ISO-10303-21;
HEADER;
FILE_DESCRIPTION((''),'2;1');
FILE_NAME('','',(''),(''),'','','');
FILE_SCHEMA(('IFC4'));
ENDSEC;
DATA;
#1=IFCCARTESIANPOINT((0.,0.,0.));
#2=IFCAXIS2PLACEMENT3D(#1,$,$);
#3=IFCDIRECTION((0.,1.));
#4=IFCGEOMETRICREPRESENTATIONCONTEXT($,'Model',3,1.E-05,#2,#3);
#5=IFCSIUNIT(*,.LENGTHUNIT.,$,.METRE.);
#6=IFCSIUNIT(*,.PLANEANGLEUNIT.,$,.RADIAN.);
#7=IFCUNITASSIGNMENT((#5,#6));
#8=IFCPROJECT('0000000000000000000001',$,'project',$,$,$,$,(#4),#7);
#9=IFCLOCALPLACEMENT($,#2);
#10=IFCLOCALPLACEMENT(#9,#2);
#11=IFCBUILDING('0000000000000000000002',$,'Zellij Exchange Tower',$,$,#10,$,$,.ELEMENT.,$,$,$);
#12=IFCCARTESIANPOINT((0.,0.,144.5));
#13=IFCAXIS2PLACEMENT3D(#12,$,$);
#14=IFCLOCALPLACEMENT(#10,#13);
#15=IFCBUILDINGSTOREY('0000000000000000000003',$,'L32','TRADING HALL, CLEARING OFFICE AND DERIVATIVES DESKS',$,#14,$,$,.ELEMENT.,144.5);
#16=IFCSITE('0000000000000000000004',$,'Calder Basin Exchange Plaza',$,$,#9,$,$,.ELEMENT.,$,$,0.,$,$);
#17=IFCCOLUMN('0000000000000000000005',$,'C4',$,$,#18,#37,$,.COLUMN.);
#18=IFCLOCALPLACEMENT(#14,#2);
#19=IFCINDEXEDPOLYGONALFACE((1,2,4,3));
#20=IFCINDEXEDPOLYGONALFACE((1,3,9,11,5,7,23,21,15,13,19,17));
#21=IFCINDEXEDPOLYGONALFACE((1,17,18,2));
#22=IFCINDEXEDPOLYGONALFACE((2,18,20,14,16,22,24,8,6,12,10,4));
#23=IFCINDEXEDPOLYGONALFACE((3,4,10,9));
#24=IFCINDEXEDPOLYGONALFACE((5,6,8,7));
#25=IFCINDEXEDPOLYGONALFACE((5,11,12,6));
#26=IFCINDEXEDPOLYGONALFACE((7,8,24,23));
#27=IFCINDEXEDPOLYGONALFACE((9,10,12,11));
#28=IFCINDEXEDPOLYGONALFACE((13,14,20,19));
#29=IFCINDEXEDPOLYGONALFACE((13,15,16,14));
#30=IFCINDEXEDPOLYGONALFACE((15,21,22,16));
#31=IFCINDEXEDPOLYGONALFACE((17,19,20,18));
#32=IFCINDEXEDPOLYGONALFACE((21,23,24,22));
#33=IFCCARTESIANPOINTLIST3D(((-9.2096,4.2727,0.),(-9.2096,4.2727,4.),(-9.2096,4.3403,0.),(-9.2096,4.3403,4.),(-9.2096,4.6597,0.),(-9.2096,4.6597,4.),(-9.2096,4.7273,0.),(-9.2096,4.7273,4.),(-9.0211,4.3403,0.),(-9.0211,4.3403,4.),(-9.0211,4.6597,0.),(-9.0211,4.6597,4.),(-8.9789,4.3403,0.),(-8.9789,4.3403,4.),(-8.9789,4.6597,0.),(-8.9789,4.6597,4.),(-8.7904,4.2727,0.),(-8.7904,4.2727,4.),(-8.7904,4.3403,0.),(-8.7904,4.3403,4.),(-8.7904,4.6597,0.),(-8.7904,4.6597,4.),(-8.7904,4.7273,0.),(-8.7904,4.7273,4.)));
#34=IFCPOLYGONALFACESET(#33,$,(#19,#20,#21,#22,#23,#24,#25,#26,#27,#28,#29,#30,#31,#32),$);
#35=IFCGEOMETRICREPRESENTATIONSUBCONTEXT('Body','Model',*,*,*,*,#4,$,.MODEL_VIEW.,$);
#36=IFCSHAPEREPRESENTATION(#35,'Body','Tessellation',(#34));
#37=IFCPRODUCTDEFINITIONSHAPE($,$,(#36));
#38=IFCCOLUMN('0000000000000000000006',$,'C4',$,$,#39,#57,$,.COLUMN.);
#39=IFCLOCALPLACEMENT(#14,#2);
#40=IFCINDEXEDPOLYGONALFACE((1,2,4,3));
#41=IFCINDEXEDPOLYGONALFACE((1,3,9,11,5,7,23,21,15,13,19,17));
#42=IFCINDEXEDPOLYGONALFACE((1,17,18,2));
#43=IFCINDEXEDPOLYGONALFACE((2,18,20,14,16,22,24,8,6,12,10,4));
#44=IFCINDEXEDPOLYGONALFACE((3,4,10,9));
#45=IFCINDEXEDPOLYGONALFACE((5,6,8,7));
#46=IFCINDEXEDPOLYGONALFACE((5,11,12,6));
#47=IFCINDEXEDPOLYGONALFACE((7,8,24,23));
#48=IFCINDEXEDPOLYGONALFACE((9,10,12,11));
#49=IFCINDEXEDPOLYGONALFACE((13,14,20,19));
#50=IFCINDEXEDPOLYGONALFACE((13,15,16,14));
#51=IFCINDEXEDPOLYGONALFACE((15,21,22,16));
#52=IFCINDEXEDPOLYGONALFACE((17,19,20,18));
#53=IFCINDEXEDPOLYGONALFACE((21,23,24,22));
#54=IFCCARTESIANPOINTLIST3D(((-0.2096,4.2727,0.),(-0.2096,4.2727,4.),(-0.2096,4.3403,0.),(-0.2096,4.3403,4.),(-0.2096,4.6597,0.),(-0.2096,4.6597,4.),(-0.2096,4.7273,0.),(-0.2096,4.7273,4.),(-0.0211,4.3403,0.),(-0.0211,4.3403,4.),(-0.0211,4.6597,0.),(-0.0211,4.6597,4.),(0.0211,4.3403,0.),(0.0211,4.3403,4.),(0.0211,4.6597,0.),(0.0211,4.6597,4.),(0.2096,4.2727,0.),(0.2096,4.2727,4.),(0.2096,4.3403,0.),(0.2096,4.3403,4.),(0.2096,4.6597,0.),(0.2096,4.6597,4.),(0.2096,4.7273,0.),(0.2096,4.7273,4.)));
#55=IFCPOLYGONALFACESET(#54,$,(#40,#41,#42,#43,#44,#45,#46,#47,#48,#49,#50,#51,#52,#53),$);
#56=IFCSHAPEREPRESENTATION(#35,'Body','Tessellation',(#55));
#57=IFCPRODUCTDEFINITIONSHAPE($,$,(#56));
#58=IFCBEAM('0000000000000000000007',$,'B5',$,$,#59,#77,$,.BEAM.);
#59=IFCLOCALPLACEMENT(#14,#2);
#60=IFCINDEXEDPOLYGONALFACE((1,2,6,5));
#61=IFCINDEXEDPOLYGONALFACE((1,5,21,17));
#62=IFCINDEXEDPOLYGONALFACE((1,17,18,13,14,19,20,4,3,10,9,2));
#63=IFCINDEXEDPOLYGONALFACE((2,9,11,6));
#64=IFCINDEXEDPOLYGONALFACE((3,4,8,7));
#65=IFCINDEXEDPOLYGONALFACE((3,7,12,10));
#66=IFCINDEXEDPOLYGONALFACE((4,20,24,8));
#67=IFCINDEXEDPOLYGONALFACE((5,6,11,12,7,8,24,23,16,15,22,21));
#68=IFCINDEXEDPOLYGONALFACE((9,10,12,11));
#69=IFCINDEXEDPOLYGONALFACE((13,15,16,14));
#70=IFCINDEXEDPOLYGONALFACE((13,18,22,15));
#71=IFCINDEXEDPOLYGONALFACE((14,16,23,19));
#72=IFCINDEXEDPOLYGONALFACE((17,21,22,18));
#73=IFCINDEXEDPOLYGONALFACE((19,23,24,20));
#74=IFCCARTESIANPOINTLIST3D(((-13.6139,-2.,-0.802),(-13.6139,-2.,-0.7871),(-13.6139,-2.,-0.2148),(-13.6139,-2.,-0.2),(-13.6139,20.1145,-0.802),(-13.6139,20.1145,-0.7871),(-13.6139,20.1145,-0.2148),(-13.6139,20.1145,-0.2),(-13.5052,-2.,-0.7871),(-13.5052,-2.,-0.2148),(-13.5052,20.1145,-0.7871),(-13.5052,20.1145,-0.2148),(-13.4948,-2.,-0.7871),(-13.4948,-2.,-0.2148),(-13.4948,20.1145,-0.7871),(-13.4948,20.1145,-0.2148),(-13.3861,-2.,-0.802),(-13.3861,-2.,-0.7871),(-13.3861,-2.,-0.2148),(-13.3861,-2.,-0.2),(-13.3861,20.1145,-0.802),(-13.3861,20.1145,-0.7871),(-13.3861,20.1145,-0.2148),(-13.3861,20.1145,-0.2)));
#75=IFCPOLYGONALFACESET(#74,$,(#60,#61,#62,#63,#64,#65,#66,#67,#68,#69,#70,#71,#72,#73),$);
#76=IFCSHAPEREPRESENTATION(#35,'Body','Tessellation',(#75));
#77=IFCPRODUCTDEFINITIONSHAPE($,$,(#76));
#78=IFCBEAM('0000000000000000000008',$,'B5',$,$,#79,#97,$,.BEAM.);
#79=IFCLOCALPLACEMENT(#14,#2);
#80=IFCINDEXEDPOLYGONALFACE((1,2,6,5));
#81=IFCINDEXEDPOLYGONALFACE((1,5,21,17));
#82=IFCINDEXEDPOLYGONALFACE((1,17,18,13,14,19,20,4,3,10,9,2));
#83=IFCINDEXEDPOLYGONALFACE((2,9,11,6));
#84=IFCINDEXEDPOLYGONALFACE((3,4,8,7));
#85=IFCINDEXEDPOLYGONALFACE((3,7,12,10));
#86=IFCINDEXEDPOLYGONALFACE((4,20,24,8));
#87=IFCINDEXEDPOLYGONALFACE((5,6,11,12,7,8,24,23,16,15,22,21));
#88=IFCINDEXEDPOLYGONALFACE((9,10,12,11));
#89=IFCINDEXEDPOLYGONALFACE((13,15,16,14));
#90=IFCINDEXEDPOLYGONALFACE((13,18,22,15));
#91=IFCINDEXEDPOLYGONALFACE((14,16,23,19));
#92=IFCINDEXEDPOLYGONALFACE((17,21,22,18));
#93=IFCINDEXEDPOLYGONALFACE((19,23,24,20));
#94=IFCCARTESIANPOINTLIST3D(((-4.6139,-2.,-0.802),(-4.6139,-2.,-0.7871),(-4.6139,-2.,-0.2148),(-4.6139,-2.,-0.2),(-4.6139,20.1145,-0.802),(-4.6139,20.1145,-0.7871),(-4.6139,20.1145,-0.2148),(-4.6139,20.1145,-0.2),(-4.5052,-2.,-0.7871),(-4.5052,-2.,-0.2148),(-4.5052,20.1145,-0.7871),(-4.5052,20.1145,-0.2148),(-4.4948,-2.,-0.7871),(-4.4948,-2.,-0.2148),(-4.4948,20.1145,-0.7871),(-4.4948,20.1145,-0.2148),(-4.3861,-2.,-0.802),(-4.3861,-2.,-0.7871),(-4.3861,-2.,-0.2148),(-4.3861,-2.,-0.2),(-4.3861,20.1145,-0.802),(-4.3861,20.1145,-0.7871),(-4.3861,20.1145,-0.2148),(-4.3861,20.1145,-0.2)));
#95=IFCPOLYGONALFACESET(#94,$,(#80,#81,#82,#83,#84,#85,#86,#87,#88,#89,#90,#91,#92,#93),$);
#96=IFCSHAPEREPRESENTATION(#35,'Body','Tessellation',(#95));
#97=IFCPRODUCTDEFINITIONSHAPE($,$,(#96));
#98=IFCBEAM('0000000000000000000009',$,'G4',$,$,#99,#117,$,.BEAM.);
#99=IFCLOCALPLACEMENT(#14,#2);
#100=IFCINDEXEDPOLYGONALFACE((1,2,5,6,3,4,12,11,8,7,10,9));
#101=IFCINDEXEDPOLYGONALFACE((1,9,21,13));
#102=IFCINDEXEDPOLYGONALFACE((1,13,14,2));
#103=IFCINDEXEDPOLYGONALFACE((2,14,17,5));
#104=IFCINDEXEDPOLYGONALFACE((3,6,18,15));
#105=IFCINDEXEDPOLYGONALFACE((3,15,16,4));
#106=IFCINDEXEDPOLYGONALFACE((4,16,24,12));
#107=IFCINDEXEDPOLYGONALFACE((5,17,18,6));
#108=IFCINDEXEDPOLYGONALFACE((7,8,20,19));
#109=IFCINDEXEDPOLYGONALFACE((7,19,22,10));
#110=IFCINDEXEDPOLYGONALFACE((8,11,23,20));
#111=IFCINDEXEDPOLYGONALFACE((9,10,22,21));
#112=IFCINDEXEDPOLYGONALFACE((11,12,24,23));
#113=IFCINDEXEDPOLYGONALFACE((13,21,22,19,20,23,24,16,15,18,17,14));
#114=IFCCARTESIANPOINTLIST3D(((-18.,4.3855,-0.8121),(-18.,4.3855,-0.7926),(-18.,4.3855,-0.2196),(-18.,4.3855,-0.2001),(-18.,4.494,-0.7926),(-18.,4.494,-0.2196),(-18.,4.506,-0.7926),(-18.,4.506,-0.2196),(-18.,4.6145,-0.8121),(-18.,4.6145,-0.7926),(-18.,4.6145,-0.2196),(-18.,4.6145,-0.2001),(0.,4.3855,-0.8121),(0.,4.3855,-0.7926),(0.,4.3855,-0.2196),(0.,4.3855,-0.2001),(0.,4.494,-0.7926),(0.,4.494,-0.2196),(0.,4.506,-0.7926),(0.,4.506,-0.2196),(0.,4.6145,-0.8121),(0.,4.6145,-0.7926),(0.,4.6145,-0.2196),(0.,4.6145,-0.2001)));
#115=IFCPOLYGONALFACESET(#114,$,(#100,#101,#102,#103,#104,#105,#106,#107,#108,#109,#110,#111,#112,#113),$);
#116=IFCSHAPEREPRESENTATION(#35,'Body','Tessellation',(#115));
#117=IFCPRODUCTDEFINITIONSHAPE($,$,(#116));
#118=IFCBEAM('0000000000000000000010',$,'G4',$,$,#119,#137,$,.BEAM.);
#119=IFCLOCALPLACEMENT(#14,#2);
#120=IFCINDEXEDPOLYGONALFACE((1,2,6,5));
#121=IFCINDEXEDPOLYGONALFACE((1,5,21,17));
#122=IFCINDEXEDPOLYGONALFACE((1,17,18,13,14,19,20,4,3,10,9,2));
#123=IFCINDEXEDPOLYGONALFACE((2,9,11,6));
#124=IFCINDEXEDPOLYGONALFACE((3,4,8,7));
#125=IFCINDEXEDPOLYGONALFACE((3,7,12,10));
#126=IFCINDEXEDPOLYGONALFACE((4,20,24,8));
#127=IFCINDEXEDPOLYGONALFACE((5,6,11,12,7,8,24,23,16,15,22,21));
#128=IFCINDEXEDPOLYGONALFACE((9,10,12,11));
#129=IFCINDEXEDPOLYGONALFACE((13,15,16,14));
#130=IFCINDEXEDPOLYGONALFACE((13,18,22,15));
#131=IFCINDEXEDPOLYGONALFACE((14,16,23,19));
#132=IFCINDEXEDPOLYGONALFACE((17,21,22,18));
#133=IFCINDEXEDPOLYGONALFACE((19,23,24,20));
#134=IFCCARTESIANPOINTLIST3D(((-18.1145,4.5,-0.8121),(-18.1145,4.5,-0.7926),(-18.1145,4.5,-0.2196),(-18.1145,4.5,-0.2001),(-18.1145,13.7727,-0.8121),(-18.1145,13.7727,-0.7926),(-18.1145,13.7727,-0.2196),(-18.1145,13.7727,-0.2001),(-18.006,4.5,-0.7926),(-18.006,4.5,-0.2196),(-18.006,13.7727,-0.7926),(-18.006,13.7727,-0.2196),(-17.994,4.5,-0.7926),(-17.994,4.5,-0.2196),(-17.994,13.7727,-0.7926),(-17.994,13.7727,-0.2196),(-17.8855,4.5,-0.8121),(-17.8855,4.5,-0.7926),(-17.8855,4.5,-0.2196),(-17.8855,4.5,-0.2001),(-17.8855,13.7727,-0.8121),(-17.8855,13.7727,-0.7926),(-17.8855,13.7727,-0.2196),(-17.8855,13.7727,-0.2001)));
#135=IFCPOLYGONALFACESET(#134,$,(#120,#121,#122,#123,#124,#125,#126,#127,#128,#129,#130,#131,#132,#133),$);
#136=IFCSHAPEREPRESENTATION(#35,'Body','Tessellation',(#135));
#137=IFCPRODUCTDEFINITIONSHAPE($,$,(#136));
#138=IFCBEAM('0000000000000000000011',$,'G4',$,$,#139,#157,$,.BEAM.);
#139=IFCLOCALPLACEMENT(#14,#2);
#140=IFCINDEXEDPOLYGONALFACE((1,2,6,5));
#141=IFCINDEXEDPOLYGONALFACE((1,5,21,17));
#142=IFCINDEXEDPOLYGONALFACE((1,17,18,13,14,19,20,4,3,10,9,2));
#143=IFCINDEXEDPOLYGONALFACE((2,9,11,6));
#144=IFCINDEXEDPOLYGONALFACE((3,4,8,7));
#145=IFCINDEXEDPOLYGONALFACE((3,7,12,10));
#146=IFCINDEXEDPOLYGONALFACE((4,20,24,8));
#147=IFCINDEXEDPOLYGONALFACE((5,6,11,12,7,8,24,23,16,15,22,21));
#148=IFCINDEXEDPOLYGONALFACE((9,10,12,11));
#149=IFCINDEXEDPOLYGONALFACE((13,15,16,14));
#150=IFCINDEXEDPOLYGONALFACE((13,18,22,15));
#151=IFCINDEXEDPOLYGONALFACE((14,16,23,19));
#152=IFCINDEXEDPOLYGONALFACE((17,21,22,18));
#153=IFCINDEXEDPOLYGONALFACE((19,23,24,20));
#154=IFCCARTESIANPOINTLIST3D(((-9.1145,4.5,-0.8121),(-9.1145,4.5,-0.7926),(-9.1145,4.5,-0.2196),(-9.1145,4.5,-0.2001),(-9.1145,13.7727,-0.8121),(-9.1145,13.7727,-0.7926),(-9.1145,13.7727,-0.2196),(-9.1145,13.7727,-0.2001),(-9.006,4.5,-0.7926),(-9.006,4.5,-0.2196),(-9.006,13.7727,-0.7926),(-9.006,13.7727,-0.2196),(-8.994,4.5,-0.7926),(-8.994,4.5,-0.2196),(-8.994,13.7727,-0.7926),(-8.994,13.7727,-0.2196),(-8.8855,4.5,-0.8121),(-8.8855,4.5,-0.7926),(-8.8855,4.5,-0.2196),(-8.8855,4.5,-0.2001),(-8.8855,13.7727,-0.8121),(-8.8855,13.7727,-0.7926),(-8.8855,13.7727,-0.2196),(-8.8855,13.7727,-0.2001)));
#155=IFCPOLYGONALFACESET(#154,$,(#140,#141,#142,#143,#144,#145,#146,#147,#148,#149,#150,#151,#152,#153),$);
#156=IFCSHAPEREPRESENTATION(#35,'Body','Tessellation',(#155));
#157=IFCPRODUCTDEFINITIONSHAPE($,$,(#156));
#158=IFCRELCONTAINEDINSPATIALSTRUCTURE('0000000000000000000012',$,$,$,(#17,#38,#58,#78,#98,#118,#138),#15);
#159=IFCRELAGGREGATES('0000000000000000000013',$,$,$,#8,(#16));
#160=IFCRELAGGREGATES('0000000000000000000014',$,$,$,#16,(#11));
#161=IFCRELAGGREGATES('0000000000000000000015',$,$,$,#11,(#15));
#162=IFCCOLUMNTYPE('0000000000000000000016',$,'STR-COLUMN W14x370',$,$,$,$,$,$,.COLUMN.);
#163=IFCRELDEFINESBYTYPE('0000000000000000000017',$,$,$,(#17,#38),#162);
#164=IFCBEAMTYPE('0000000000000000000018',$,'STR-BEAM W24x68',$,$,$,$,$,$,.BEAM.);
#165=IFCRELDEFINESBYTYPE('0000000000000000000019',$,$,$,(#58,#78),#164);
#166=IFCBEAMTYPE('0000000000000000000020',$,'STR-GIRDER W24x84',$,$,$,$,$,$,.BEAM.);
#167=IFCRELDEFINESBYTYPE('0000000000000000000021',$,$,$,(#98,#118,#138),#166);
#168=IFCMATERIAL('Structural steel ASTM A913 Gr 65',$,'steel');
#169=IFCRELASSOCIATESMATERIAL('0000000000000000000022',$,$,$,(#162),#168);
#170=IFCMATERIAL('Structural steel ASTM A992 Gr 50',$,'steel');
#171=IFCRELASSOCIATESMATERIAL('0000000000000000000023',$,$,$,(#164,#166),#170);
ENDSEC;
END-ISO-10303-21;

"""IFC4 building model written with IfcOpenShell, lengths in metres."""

from ifc_helpers import new_model, si_unit, direction, frame, origin, origin_2d, place, context, subcontext, project, spatial, i_section, extrude, material, material_profile, profile_set, type_object, element, save


model = new_model("IFC4")

# Units and contexts
model_context = context("Model", 3, precision=1e-05, world=origin(), true_north=direction((0.0, 1.0)))
body_context = subcontext(model_context, "Body", "Model", "MODEL_VIEW")
ifc_project = project(units=[si_unit("LENGTHUNIT", "METRE"), si_unit("PLANEANGLEUNIT", "RADIAN")], contexts=[model_context])

# Site, building, storey
site_placement = place(None, origin())
site = spatial("IfcSite", under=ifc_project, at=site_placement, Name="Calder Basin Exchange Plaza", CompositionType="ELEMENT", RefElevation=0.0)
building_placement = place(site_placement, origin())
building = spatial("IfcBuilding", under=site, at=building_placement, Name="Zellij Exchange Tower", CompositionType="ELEMENT")
storey_placement = place(building_placement, frame((0.0, 0.0, 144.5)))
storey = spatial("IfcBuildingStorey", under=building, at=storey_placement, Name="L32", Description="TRADING HALL, CLEARING OFFICE AND DERIVATIVES DESKS", CompositionType="ELEMENT", Elevation=144.5)

# Columns
ifc_material_1 = material(Name="Structural steel ASTM A913 Gr 65", Category="steel")
ifc_material_profile_1 = material_profile(ifc_material_1, i_section(OverallWidth=0.4192, OverallDepth=0.4546, WebThickness=0.0422, FlangeThickness=0.0676, at=origin_2d()), Name="W14x370")
ifc_profile_set_1 = profile_set([ifc_material_profile_1], Name="Structural steel ASTM A913 Gr 65")
column_type = type_object("IfcColumnType", Name="STR-COLUMN W14x370", PredefinedType="COLUMN", material=ifc_profile_set_1)
for number, where, z_axis, x_axis, name in (
    (1, (-9.0, 4.5, 0.0), (0.0, 0.0, 1.0), (1.0, 0.0, 0.0), "C4"),
    (2, (0.0, 4.5, 0.0), (0.0, 0.0, 1.0), (1.0, 0.0, 0.0), "C4"),
):
    element("IfcColumn", number, at=place(storey_placement, frame(where, z_axis=z_axis, x_axis=x_axis)), inside=storey, type_object=column_type, Name=name, PredefinedType="COLUMN", context=body_context, shape_type="SweptSolid", body=[
        extrude(i_section(OverallWidth=0.4192, OverallDepth=0.4546, WebThickness=0.0422, FlangeThickness=0.0676, at=origin_2d()), origin(), (0.0, 0.0, 1.0), 4.0),
    ])

# Beams
ifc_material_2 = material(Name="Structural steel ASTM A992 Gr 50", Category="steel")
ifc_material_profile_2 = material_profile(ifc_material_2, i_section(OverallWidth=0.2278, OverallDepth=0.6021, WebThickness=0.0105, FlangeThickness=0.0149, at=origin_2d()), Name="W24x68")
ifc_profile_set_2 = profile_set([ifc_material_profile_2], Name="Structural steel ASTM A992 Gr 50")
beam_type_1 = type_object("IfcBeamType", Name="STR-BEAM W24x68", PredefinedType="BEAM", material=ifc_profile_set_2)
for number, where, z_axis, x_axis, name in (
    (3, (-13.5, -2.0, -0.501), (0.0, 1.0, 0.0), (-1.0, 0.0, 0.0), "B5"),
    (4, (-4.5, -2.0, -0.501), (0.0, 1.0, 0.0), (-1.0, 0.0, 0.0), "B5"),
):
    element("IfcBeam", number, at=place(storey_placement, frame(where, z_axis=z_axis, x_axis=x_axis)), inside=storey, type_object=beam_type_1, Name=name, PredefinedType="BEAM", context=body_context, shape_type="SweptSolid", body=[
        extrude(i_section(OverallWidth=0.2278, OverallDepth=0.6021, WebThickness=0.0105, FlangeThickness=0.0149, at=origin_2d()), origin(), (0.0, 0.0, 1.0), 22.1145),
    ])
ifc_material_profile_3 = material_profile(ifc_material_2, i_section(OverallWidth=0.229, OverallDepth=0.6121, WebThickness=0.012, FlangeThickness=0.0195, at=origin_2d()), Name="W24x84")
ifc_profile_set_3 = profile_set([ifc_material_profile_3], Name="Structural steel ASTM A992 Gr 50")
beam_type_2 = type_object("IfcBeamType", Name="STR-GIRDER W24x84", PredefinedType="BEAM", material=ifc_profile_set_3)
beam_placement = place(storey_placement, frame((-18.0, 4.5, -0.5061), z_axis=(1.0, 0.0, 0.0), x_axis=(0.0, 1.0, 0.0)))
element("IfcBeam", 5, at=beam_placement, inside=storey, type_object=beam_type_2, Name="G4", PredefinedType="BEAM", context=body_context, shape_type="SweptSolid", body=[
    extrude(i_section(OverallWidth=0.229, OverallDepth=0.6121, WebThickness=0.012, FlangeThickness=0.0195, at=origin_2d()), origin(), (0.0, 0.0, 1.0), 18.0),
])
for number, where, z_axis, x_axis, name in (
    (6, (-18.0, 4.5, -0.5061), (0.0, 1.0, 0.0), (-1.0, 0.0, 0.0), "G4"),
    (7, (-9.0, 4.5, -0.5061), (0.0, 1.0, 0.0), (-1.0, 0.0, 0.0), "G4"),
):
    element("IfcBeam", number, at=place(storey_placement, frame(where, z_axis=z_axis, x_axis=x_axis)), inside=storey, type_object=beam_type_2, Name=name, PredefinedType="BEAM", context=body_context, shape_type="SweptSolid", body=[
        extrude(i_section(OverallWidth=0.229, OverallDepth=0.6121, WebThickness=0.012, FlangeThickness=0.0195, at=origin_2d()), origin(), (0.0, 0.0, 1.0), 9.2727),
    ])

save(model, "model.ifc")
